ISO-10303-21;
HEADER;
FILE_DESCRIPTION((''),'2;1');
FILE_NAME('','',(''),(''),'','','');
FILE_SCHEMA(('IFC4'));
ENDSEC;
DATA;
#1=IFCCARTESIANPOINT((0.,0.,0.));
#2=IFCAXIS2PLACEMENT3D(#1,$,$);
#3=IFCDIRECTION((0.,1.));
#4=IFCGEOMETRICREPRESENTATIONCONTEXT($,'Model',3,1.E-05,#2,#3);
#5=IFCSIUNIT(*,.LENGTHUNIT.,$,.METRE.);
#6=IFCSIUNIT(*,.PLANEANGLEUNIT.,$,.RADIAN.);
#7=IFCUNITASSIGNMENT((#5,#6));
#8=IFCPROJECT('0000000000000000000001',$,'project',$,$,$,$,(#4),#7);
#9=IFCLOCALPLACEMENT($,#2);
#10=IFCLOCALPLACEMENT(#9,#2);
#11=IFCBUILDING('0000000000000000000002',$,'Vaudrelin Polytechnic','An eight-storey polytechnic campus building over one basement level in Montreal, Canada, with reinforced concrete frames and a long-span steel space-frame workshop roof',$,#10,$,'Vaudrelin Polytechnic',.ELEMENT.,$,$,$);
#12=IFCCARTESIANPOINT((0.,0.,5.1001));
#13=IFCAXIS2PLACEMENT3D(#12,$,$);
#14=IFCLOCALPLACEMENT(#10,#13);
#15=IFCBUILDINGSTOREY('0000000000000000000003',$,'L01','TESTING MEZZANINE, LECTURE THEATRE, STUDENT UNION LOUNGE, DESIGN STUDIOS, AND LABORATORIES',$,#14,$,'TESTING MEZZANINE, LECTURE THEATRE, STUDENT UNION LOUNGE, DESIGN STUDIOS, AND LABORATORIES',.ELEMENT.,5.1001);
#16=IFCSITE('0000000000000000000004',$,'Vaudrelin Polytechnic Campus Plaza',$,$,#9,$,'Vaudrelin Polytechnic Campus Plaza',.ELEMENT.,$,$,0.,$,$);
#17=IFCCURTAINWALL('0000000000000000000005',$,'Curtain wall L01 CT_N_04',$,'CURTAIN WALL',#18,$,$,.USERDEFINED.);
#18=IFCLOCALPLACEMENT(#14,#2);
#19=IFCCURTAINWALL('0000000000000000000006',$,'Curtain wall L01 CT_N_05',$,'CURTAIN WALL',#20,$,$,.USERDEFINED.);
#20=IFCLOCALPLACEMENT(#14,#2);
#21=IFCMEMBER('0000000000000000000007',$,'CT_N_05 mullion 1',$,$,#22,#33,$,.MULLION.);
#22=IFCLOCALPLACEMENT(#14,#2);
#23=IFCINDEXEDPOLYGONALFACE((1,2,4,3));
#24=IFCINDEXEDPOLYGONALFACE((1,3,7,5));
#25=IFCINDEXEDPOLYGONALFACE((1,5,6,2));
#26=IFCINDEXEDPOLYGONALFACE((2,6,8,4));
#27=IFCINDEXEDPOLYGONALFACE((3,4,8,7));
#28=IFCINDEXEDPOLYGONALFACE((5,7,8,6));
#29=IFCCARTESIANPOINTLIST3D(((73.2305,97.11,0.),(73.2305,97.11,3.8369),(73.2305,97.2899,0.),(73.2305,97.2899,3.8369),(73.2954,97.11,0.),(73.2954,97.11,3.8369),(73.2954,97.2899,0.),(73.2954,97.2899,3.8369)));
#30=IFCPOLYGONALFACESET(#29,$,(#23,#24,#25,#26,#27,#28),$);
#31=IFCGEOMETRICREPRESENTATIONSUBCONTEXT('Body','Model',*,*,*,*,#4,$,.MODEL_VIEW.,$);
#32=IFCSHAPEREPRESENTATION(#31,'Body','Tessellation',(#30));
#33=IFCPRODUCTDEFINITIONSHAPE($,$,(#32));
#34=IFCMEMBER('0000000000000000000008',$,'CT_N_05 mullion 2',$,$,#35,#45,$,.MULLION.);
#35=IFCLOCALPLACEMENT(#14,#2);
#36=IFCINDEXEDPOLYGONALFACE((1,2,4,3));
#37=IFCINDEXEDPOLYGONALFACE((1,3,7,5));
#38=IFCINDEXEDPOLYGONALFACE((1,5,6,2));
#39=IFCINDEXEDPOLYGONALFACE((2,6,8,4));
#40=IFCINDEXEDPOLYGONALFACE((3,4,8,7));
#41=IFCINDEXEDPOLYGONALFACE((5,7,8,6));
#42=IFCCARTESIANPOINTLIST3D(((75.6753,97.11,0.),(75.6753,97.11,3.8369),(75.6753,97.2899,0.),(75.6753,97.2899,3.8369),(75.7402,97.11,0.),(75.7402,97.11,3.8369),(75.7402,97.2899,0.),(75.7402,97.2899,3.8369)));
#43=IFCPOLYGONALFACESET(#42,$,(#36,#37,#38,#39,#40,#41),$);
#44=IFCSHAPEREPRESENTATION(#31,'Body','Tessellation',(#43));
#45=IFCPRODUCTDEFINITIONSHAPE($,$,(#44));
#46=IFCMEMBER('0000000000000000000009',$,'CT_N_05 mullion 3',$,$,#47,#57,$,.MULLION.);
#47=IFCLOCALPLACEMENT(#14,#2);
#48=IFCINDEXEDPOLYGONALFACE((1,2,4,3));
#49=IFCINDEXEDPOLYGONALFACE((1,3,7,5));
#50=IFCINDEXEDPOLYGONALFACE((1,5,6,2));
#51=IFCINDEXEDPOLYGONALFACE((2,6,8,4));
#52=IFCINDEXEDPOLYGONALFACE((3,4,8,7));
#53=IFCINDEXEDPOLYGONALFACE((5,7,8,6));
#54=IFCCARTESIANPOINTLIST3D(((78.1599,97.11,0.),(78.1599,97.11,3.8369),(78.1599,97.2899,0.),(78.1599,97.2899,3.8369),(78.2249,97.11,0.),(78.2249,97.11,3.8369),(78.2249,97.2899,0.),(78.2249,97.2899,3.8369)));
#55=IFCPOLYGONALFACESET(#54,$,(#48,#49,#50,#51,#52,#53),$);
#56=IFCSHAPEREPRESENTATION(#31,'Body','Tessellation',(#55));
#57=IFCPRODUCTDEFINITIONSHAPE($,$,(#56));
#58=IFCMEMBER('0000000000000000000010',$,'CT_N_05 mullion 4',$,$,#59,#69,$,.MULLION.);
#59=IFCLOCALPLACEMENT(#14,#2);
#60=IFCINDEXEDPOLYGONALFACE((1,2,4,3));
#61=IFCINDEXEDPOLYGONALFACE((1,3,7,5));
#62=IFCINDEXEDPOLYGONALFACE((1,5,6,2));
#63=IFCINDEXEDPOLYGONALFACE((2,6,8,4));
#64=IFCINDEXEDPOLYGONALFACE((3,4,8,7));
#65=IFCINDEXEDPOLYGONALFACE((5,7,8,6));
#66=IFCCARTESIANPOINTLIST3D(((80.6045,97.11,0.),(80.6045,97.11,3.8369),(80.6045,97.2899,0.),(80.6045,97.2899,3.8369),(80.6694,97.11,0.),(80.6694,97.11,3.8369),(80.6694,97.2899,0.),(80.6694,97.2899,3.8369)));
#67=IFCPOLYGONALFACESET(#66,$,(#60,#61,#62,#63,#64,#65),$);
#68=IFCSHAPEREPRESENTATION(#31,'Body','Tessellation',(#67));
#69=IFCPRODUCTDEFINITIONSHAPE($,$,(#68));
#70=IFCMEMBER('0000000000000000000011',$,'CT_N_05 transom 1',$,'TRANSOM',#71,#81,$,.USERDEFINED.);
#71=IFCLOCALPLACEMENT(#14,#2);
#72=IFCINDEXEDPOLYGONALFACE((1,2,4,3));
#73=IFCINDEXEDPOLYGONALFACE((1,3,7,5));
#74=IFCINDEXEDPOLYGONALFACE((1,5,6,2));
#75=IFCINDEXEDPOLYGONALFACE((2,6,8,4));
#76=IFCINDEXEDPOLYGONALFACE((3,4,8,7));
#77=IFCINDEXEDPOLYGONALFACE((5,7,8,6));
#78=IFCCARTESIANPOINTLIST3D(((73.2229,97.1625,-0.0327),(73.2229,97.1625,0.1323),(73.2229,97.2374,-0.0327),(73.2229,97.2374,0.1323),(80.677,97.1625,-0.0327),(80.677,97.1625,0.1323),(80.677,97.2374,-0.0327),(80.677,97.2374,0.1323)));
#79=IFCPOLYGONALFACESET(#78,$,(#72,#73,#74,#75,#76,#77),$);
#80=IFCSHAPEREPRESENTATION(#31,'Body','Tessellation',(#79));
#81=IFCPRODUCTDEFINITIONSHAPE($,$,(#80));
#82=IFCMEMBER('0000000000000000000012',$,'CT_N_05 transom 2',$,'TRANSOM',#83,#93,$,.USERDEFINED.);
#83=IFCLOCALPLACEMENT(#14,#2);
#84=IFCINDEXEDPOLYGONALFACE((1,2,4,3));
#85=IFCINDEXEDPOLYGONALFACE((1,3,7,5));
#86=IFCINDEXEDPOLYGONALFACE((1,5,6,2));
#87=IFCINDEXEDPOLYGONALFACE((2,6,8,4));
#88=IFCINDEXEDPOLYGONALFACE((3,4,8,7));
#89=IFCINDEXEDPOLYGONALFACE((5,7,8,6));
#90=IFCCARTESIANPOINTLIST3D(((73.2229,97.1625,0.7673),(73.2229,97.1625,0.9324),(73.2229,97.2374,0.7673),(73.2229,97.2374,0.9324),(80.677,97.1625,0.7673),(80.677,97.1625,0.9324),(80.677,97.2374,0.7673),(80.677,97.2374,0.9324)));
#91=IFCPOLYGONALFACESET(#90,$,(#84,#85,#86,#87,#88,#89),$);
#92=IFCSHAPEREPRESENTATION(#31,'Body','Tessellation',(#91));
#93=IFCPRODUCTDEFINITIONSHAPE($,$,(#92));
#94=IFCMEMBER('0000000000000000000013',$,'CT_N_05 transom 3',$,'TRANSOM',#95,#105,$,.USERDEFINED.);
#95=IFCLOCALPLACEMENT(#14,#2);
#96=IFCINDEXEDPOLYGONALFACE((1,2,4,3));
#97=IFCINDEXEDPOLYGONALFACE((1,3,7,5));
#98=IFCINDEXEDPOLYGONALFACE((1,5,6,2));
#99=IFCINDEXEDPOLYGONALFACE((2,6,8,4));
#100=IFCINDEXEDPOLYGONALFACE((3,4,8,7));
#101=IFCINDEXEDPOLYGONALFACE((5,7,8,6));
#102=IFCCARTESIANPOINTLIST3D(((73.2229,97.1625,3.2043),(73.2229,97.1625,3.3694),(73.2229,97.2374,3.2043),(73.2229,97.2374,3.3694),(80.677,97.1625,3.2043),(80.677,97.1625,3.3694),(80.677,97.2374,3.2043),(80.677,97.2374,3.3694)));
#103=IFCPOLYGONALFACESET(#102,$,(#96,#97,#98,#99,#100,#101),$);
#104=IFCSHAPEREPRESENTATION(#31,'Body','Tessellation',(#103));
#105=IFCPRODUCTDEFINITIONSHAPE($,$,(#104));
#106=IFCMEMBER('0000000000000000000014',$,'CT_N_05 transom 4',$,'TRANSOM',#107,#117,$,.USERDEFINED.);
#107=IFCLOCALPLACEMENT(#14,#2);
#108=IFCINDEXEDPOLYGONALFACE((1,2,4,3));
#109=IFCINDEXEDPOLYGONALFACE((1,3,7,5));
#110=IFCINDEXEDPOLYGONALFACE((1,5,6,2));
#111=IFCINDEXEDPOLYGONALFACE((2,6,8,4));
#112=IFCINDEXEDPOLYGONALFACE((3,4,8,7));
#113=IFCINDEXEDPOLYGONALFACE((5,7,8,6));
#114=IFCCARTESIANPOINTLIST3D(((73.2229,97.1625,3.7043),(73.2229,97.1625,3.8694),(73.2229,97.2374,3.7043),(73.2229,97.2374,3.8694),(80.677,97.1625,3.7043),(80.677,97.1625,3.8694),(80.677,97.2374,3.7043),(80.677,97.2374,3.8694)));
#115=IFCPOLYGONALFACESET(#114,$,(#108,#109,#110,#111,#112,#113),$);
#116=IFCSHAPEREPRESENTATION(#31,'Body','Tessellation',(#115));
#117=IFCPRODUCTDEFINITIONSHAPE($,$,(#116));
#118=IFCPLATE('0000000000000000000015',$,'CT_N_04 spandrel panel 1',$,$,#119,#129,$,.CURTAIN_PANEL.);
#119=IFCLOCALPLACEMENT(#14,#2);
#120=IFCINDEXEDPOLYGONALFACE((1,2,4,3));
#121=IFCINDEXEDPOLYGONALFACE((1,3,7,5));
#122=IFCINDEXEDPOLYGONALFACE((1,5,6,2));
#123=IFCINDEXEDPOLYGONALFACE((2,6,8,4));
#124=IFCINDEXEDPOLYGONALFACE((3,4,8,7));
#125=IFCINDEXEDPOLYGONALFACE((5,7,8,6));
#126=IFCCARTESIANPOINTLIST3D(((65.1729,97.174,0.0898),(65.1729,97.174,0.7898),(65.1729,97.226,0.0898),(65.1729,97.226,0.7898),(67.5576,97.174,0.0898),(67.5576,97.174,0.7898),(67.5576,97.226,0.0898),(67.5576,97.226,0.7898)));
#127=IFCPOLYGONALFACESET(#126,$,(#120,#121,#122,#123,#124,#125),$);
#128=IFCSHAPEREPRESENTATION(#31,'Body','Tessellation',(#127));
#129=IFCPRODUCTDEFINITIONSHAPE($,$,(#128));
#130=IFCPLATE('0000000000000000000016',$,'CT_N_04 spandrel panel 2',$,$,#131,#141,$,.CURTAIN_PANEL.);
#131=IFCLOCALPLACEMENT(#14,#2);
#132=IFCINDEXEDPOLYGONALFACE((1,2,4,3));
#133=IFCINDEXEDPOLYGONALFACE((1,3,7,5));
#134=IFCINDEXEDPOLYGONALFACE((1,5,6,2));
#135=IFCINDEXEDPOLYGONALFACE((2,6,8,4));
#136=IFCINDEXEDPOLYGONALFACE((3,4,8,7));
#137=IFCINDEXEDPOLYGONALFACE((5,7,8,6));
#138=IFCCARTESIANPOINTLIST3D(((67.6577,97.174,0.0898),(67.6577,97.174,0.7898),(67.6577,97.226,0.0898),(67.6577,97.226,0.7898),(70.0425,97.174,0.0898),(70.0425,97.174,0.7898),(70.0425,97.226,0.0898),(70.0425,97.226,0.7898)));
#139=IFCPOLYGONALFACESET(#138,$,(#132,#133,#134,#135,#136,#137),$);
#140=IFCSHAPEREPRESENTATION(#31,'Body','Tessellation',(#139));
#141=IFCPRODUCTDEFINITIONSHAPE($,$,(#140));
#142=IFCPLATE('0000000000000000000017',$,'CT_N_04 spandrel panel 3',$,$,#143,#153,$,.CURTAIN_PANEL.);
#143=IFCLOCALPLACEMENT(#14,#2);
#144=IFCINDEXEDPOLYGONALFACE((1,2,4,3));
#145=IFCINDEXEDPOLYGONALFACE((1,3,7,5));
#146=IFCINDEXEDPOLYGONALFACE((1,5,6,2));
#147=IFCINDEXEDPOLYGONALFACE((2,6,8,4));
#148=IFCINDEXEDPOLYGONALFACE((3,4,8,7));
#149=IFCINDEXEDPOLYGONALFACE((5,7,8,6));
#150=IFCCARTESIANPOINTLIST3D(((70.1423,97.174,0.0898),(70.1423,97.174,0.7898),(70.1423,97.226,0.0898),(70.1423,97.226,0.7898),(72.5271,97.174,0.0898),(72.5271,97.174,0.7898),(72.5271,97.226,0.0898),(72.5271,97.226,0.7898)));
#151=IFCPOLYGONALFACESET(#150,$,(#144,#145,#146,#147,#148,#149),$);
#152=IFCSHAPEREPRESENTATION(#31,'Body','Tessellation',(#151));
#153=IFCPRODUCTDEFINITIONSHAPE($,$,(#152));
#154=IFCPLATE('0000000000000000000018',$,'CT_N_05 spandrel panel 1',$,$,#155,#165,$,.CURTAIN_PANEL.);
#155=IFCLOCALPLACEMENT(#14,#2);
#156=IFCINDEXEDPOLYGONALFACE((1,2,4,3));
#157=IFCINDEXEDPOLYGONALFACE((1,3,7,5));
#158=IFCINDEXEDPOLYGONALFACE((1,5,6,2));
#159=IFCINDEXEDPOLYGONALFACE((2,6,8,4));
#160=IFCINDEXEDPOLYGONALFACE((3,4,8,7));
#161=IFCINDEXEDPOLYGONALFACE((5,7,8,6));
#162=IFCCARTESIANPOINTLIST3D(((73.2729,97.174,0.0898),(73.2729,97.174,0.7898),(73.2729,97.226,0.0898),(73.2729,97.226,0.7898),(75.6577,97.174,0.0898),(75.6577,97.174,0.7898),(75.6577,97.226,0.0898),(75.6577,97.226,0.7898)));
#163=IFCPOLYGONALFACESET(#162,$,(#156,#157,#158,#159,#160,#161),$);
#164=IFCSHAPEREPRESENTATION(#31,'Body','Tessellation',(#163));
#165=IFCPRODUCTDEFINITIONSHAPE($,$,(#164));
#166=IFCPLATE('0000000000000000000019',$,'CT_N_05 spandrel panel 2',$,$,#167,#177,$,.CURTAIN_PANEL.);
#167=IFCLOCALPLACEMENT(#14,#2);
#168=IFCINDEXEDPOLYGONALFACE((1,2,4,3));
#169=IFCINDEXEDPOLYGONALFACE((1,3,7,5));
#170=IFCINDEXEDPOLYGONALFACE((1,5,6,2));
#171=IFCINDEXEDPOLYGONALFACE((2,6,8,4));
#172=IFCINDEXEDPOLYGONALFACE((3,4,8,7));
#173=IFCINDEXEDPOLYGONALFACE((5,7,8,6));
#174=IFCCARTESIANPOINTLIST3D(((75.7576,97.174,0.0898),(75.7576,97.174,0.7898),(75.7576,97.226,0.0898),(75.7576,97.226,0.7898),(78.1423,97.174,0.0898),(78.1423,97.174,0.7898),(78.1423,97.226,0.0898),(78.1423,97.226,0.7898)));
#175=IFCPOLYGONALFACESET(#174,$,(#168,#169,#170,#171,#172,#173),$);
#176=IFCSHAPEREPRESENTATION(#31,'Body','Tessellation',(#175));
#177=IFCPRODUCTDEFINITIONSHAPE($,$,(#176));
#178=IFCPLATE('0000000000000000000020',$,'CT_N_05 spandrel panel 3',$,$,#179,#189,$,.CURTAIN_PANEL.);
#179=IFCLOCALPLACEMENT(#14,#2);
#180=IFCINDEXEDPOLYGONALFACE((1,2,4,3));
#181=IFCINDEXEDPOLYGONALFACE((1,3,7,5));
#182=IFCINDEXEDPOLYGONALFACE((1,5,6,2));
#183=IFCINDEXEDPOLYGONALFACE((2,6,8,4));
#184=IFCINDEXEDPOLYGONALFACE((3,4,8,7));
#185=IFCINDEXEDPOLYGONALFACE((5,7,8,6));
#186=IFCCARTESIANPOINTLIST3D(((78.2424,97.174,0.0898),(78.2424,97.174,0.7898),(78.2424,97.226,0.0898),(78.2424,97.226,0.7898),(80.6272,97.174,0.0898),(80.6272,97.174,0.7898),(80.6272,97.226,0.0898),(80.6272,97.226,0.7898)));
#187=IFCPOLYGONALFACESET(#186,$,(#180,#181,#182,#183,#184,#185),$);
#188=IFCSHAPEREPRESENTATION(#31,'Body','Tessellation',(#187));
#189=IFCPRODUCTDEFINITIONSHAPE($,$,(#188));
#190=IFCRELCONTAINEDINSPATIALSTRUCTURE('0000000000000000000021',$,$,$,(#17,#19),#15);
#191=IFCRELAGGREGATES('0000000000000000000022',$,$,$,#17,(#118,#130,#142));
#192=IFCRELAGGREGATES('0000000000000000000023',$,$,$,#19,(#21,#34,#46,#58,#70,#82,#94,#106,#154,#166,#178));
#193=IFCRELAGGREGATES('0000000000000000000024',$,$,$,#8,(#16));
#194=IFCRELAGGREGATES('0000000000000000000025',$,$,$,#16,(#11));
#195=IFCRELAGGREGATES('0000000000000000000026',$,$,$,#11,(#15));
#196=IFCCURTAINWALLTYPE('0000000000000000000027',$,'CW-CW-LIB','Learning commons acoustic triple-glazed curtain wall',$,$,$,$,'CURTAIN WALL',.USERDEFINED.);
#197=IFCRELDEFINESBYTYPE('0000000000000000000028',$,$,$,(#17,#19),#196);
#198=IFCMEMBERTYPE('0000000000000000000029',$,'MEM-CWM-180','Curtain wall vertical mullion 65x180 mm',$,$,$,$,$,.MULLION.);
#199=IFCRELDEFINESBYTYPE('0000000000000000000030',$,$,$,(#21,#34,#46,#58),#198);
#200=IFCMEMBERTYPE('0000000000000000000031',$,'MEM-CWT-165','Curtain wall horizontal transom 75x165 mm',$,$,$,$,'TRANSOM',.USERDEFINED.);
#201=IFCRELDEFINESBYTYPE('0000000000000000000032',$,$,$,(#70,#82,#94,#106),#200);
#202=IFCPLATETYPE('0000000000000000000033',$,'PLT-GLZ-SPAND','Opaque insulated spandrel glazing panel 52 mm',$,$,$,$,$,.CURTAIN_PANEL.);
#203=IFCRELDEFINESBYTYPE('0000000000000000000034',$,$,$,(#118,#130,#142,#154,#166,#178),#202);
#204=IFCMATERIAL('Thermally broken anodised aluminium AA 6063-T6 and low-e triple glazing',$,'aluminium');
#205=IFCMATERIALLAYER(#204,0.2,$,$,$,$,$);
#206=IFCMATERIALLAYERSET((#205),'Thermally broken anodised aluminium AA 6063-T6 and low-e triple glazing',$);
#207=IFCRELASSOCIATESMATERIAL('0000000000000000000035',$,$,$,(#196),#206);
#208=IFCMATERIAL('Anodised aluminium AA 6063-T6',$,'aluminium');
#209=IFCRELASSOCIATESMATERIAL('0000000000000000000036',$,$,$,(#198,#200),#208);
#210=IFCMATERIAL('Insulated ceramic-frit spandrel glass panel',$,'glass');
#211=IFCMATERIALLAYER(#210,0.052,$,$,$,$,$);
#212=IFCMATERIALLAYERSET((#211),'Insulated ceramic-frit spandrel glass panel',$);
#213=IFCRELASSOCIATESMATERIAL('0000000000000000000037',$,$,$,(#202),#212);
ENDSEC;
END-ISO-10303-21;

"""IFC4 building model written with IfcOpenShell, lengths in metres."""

from ifc_helpers import new_model, si_unit, direction, frame, origin, origin_2d, place, context, subcontext, project, spatial, rectangle, extrude, material, layer, layer_set, material_profile, profile_set, type_object, element, aggregate, save


model = new_model("IFC4")

# Units and contexts
model_context = context("Model", 3, precision=1e-05, world=origin(), true_north=direction((0.0, 1.0)))
body_context = subcontext(model_context, "Body", "Model", "MODEL_VIEW")
ifc_project = project(units=[si_unit("LENGTHUNIT", "METRE"), si_unit("PLANEANGLEUNIT", "RADIAN")], contexts=[model_context])

# Site, building, storey
site_placement = place(None, origin())
site = spatial("IfcSite", under=ifc_project, at=site_placement, Name="Vaudrelin Polytechnic Campus Plaza", LongName="Vaudrelin Polytechnic Campus Plaza", CompositionType="ELEMENT", RefElevation=0.0)
building_placement = place(site_placement, origin())
building = spatial("IfcBuilding", under=site, at=building_placement, Name="Vaudrelin Polytechnic", Description="An eight-storey polytechnic campus building over one basement level in Montreal, Canada, with reinforced concrete frames and a long-span steel space-frame workshop roof", LongName="Vaudrelin Polytechnic", CompositionType="ELEMENT")
storey_placement = place(building_placement, frame((0.0, 0.0, 5.1001)))
storey = spatial("IfcBuildingStorey", under=building, at=storey_placement, Name="L01", Description="TESTING MEZZANINE, LECTURE THEATRE, STUDENT UNION LOUNGE, DESIGN STUDIOS, AND LABORATORIES", LongName="TESTING MEZZANINE, LECTURE THEATRE, STUDENT UNION LOUNGE, DESIGN STUDIOS, AND LABORATORIES", CompositionType="ELEMENT", Elevation=5.1001)

# Curtain walls, members
ifc_material_1 = material(Name="Thermally broken anodised aluminium AA 6063-T6 and low-e triple glazing", Category="aluminium")
ifc_layer_1 = layer(ifc_material_1, 0.2)
ifc_layer_set_1 = layer_set([ifc_layer_1], Name="Thermally broken anodised aluminium AA 6063-T6 and low-e triple glazing")
curtain_wall_type = type_object("IfcCurtainWallType", Name="CW-CW-LIB", Description="Learning commons acoustic triple-glazed curtain wall", ElementType="CURTAIN WALL", PredefinedType="USERDEFINED", material=ifc_layer_set_1)
curtain_wall_1_placement = place(storey_placement, origin())
curtain_wall_1 = element("IfcCurtainWall", 1, at=curtain_wall_1_placement, inside=storey, type_object=curtain_wall_type, Name="Curtain wall L01 CT_N_04", ObjectType="CURTAIN WALL", PredefinedType="USERDEFINED")
ifc_material_2 = material(Name="Anodised aluminium AA 6063-T6", Category="aluminium")
ifc_material_profile_1 = material_profile(ifc_material_2, rectangle(XDim=0.0649, YDim=0.1799, at=origin_2d()), Name="CWM-65x180")
ifc_profile_set_1 = profile_set([ifc_material_profile_1], Name="Anodised aluminium AA 6063-T6")
member_type_1 = type_object("IfcMemberType", Name="MEM-CWM-180", Description="Curtain wall vertical mullion 65x180 mm", PredefinedType="MULLION", material=ifc_profile_set_1)
curtain_wall_2_placement = place(storey_placement, origin())
curtain_wall_2 = element("IfcCurtainWall", 2, at=curtain_wall_2_placement, inside=storey, type_object=curtain_wall_type, Name="Curtain wall L01 CT_N_05", ObjectType="CURTAIN WALL", PredefinedType="USERDEFINED")
member_1_placement = place(storey_placement, frame((73.2629, 97.2, 0.0), z_axis=(0.0, 0.0, 1.0), x_axis=(1.0, 0.0, 0.0)))
member_1 = element("IfcMember", 3, at=member_1_placement, type_object=member_type_1, Name="CT_N_05 mullion 1", PredefinedType="MULLION", context=body_context, shape_type="SweptSolid", body=[
    extrude(rectangle(XDim=0.0649, YDim=0.1799, at=origin_2d()), origin(), (0.0, 0.0, 1.0), 3.8369),
])
member_2_placement = place(storey_placement, frame((75.7078, 97.2, 0.0), z_axis=(0.0, 0.0, 1.0), x_axis=(1.0, 0.0, 0.0)))
member_2 = element("IfcMember", 4, at=member_2_placement, type_object=member_type_1, Name="CT_N_05 mullion 2", PredefinedType="MULLION", context=body_context, shape_type="SweptSolid", body=[
    extrude(rectangle(XDim=0.0649, YDim=0.1799, at=origin_2d()), origin(), (0.0, 0.0, 1.0), 3.8369),
])
member_3_placement = place(storey_placement, frame((78.1924, 97.2, 0.0), z_axis=(0.0, 0.0, 1.0), x_axis=(1.0, 0.0, 0.0)))
member_3 = element("IfcMember", 5, at=member_3_placement, type_object=member_type_1, Name="CT_N_05 mullion 3", PredefinedType="MULLION", context=body_context, shape_type="SweptSolid", body=[
    extrude(rectangle(XDim=0.0649, YDim=0.1799, at=origin_2d()), origin(), (0.0, 0.0, 1.0), 3.8369),
])
member_4_placement = place(storey_placement, frame((80.637, 97.2, 0.0), z_axis=(0.0, 0.0, 1.0), x_axis=(1.0, 0.0, 0.0)))
member_4 = element("IfcMember", 6, at=member_4_placement, type_object=member_type_1, Name="CT_N_05 mullion 4", PredefinedType="MULLION", context=body_context, shape_type="SweptSolid", body=[
    extrude(rectangle(XDim=0.0649, YDim=0.1799, at=origin_2d()), origin(), (0.0, 0.0, 1.0), 3.8369),
])
ifc_material_profile_2 = material_profile(ifc_material_2, rectangle(XDim=0.075, YDim=0.165, at=origin_2d()), Name="CWT-75x165")
ifc_profile_set_2 = profile_set([ifc_material_profile_2], Name="Anodised aluminium AA 6063-T6")
member_type_2 = type_object("IfcMemberType", Name="MEM-CWT-165", Description="Curtain wall horizontal transom 75x165 mm", ElementType="TRANSOM", PredefinedType="USERDEFINED", material=ifc_profile_set_2)
member_5_placement = place(storey_placement, frame((73.2229, 97.2, 0.0498), z_axis=(1.0, 0.0, 0.0), x_axis=(0.0, 1.0, 0.0)))
member_5 = element("IfcMember", 7, at=member_5_placement, type_object=member_type_2, Name="CT_N_05 transom 1", ObjectType="TRANSOM", PredefinedType="USERDEFINED", context=body_context, shape_type="SweptSolid", body=[
    extrude(rectangle(XDim=0.075, YDim=0.165, at=origin_2d()), origin(), (0.0, 0.0, 1.0), 7.4541),
])
member_6_placement = place(storey_placement, frame((73.2229, 97.2, 0.8499), z_axis=(1.0, 0.0, 0.0), x_axis=(0.0, 1.0, 0.0)))
member_6 = element("IfcMember", 8, at=member_6_placement, type_object=member_type_2, Name="CT_N_05 transom 2", ObjectType="TRANSOM", PredefinedType="USERDEFINED", context=body_context, shape_type="SweptSolid", body=[
    extrude(rectangle(XDim=0.075, YDim=0.165, at=origin_2d()), origin(), (0.0, 0.0, 1.0), 7.4541),
])
member_7_placement = place(storey_placement, frame((73.2229, 97.2, 3.2869), z_axis=(1.0, 0.0, 0.0), x_axis=(0.0, 1.0, 0.0)))
member_7 = element("IfcMember", 9, at=member_7_placement, type_object=member_type_2, Name="CT_N_05 transom 3", ObjectType="TRANSOM", PredefinedType="USERDEFINED", context=body_context, shape_type="SweptSolid", body=[
    extrude(rectangle(XDim=0.075, YDim=0.165, at=origin_2d()), origin(), (0.0, 0.0, 1.0), 7.4541),
])
member_8_placement = place(storey_placement, frame((73.2229, 97.2, 3.7869), z_axis=(1.0, 0.0, 0.0), x_axis=(0.0, 1.0, 0.0)))
member_8 = element("IfcMember", 10, at=member_8_placement, type_object=member_type_2, Name="CT_N_05 transom 4", ObjectType="TRANSOM", PredefinedType="USERDEFINED", context=body_context, shape_type="SweptSolid", body=[
    extrude(rectangle(XDim=0.075, YDim=0.165, at=origin_2d()), origin(), (0.0, 0.0, 1.0), 7.4541),
])

# Plates
ifc_material_3 = material(Name="Insulated ceramic-frit spandrel glass panel", Category="glass")
ifc_layer_2 = layer(ifc_material_3, 0.052)
ifc_layer_set_2 = layer_set([ifc_layer_2], Name="Insulated ceramic-frit spandrel glass panel")
plate_type_1 = type_object("IfcPlateType", Name="PLT-GLZ-SPAND", Description="Opaque insulated spandrel glazing panel 52 mm", PredefinedType="CURTAIN_PANEL", material=ifc_layer_set_2)
plate_1_placement = place(storey_placement, frame((66.3652, 97.2, 0.0898), z_axis=(0.0, 0.0, 1.0), x_axis=(1.0, 0.0, 0.0)))
plate_1 = element("IfcPlate", 11, at=plate_1_placement, type_object=plate_type_1, Name="CT_N_04 spandrel panel 1", PredefinedType="CURTAIN_PANEL", context=body_context, shape_type="SweptSolid", body=[
    extrude(rectangle(XDim=2.3848, YDim=0.052, at=origin_2d()), origin(), (0.0, 0.0, 1.0), 0.7),
])
plate_2_placement = place(storey_placement, frame((68.8501, 97.2, 0.0898), z_axis=(0.0, 0.0, 1.0), x_axis=(1.0, 0.0, 0.0)))
plate_2 = element("IfcPlate", 12, at=plate_2_placement, type_object=plate_type_1, Name="CT_N_04 spandrel panel 2", PredefinedType="CURTAIN_PANEL", context=body_context, shape_type="SweptSolid", body=[
    extrude(rectangle(XDim=2.3848, YDim=0.052, at=origin_2d()), origin(), (0.0, 0.0, 1.0), 0.7),
])
plate_3_placement = place(storey_placement, frame((71.3347, 97.2, 0.0898), z_axis=(0.0, 0.0, 1.0), x_axis=(1.0, 0.0, 0.0)))
plate_3 = element("IfcPlate", 13, at=plate_3_placement, type_object=plate_type_1, Name="CT_N_04 spandrel panel 3", PredefinedType="CURTAIN_PANEL", context=body_context, shape_type="SweptSolid", body=[
    extrude(rectangle(XDim=2.3848, YDim=0.052, at=origin_2d()), origin(), (0.0, 0.0, 1.0), 0.7),
])
plate_4_placement = place(storey_placement, frame((74.4653, 97.2, 0.0898), z_axis=(0.0, 0.0, 1.0), x_axis=(1.0, 0.0, 0.0)))
plate_4 = element("IfcPlate", 14, at=plate_4_placement, type_object=plate_type_1, Name="CT_N_05 spandrel panel 1", PredefinedType="CURTAIN_PANEL", context=body_context, shape_type="SweptSolid", body=[
    extrude(rectangle(XDim=2.3848, YDim=0.052, at=origin_2d()), origin(), (0.0, 0.0, 1.0), 0.7),
])
plate_5_placement = place(storey_placement, frame((76.95, 97.2, 0.0898), z_axis=(0.0, 0.0, 1.0), x_axis=(1.0, 0.0, 0.0)))
plate_5 = element("IfcPlate", 15, at=plate_5_placement, type_object=plate_type_1, Name="CT_N_05 spandrel panel 2", PredefinedType="CURTAIN_PANEL", context=body_context, shape_type="SweptSolid", body=[
    extrude(rectangle(XDim=2.3848, YDim=0.052, at=origin_2d()), origin(), (0.0, 0.0, 1.0), 0.7),
])
plate_6_placement = place(storey_placement, frame((79.4348, 97.2, 0.0898), z_axis=(0.0, 0.0, 1.0), x_axis=(1.0, 0.0, 0.0)))
plate_6 = element("IfcPlate", 16, at=plate_6_placement, type_object=plate_type_1, Name="CT_N_05 spandrel panel 3", PredefinedType="CURTAIN_PANEL", context=body_context, shape_type="SweptSolid", body=[
    extrude(rectangle(XDim=2.3848, YDim=0.052, at=origin_2d()), origin(), (0.0, 0.0, 1.0), 0.7),
])
aggregate(curtain_wall_1, [plate_1, plate_2, plate_3])
aggregate(curtain_wall_2, [member_1, member_2, member_3, member_4, member_5, member_6, member_7, member_8, plate_4, plate_5, plate_6])

save(model, "model.ifc")
